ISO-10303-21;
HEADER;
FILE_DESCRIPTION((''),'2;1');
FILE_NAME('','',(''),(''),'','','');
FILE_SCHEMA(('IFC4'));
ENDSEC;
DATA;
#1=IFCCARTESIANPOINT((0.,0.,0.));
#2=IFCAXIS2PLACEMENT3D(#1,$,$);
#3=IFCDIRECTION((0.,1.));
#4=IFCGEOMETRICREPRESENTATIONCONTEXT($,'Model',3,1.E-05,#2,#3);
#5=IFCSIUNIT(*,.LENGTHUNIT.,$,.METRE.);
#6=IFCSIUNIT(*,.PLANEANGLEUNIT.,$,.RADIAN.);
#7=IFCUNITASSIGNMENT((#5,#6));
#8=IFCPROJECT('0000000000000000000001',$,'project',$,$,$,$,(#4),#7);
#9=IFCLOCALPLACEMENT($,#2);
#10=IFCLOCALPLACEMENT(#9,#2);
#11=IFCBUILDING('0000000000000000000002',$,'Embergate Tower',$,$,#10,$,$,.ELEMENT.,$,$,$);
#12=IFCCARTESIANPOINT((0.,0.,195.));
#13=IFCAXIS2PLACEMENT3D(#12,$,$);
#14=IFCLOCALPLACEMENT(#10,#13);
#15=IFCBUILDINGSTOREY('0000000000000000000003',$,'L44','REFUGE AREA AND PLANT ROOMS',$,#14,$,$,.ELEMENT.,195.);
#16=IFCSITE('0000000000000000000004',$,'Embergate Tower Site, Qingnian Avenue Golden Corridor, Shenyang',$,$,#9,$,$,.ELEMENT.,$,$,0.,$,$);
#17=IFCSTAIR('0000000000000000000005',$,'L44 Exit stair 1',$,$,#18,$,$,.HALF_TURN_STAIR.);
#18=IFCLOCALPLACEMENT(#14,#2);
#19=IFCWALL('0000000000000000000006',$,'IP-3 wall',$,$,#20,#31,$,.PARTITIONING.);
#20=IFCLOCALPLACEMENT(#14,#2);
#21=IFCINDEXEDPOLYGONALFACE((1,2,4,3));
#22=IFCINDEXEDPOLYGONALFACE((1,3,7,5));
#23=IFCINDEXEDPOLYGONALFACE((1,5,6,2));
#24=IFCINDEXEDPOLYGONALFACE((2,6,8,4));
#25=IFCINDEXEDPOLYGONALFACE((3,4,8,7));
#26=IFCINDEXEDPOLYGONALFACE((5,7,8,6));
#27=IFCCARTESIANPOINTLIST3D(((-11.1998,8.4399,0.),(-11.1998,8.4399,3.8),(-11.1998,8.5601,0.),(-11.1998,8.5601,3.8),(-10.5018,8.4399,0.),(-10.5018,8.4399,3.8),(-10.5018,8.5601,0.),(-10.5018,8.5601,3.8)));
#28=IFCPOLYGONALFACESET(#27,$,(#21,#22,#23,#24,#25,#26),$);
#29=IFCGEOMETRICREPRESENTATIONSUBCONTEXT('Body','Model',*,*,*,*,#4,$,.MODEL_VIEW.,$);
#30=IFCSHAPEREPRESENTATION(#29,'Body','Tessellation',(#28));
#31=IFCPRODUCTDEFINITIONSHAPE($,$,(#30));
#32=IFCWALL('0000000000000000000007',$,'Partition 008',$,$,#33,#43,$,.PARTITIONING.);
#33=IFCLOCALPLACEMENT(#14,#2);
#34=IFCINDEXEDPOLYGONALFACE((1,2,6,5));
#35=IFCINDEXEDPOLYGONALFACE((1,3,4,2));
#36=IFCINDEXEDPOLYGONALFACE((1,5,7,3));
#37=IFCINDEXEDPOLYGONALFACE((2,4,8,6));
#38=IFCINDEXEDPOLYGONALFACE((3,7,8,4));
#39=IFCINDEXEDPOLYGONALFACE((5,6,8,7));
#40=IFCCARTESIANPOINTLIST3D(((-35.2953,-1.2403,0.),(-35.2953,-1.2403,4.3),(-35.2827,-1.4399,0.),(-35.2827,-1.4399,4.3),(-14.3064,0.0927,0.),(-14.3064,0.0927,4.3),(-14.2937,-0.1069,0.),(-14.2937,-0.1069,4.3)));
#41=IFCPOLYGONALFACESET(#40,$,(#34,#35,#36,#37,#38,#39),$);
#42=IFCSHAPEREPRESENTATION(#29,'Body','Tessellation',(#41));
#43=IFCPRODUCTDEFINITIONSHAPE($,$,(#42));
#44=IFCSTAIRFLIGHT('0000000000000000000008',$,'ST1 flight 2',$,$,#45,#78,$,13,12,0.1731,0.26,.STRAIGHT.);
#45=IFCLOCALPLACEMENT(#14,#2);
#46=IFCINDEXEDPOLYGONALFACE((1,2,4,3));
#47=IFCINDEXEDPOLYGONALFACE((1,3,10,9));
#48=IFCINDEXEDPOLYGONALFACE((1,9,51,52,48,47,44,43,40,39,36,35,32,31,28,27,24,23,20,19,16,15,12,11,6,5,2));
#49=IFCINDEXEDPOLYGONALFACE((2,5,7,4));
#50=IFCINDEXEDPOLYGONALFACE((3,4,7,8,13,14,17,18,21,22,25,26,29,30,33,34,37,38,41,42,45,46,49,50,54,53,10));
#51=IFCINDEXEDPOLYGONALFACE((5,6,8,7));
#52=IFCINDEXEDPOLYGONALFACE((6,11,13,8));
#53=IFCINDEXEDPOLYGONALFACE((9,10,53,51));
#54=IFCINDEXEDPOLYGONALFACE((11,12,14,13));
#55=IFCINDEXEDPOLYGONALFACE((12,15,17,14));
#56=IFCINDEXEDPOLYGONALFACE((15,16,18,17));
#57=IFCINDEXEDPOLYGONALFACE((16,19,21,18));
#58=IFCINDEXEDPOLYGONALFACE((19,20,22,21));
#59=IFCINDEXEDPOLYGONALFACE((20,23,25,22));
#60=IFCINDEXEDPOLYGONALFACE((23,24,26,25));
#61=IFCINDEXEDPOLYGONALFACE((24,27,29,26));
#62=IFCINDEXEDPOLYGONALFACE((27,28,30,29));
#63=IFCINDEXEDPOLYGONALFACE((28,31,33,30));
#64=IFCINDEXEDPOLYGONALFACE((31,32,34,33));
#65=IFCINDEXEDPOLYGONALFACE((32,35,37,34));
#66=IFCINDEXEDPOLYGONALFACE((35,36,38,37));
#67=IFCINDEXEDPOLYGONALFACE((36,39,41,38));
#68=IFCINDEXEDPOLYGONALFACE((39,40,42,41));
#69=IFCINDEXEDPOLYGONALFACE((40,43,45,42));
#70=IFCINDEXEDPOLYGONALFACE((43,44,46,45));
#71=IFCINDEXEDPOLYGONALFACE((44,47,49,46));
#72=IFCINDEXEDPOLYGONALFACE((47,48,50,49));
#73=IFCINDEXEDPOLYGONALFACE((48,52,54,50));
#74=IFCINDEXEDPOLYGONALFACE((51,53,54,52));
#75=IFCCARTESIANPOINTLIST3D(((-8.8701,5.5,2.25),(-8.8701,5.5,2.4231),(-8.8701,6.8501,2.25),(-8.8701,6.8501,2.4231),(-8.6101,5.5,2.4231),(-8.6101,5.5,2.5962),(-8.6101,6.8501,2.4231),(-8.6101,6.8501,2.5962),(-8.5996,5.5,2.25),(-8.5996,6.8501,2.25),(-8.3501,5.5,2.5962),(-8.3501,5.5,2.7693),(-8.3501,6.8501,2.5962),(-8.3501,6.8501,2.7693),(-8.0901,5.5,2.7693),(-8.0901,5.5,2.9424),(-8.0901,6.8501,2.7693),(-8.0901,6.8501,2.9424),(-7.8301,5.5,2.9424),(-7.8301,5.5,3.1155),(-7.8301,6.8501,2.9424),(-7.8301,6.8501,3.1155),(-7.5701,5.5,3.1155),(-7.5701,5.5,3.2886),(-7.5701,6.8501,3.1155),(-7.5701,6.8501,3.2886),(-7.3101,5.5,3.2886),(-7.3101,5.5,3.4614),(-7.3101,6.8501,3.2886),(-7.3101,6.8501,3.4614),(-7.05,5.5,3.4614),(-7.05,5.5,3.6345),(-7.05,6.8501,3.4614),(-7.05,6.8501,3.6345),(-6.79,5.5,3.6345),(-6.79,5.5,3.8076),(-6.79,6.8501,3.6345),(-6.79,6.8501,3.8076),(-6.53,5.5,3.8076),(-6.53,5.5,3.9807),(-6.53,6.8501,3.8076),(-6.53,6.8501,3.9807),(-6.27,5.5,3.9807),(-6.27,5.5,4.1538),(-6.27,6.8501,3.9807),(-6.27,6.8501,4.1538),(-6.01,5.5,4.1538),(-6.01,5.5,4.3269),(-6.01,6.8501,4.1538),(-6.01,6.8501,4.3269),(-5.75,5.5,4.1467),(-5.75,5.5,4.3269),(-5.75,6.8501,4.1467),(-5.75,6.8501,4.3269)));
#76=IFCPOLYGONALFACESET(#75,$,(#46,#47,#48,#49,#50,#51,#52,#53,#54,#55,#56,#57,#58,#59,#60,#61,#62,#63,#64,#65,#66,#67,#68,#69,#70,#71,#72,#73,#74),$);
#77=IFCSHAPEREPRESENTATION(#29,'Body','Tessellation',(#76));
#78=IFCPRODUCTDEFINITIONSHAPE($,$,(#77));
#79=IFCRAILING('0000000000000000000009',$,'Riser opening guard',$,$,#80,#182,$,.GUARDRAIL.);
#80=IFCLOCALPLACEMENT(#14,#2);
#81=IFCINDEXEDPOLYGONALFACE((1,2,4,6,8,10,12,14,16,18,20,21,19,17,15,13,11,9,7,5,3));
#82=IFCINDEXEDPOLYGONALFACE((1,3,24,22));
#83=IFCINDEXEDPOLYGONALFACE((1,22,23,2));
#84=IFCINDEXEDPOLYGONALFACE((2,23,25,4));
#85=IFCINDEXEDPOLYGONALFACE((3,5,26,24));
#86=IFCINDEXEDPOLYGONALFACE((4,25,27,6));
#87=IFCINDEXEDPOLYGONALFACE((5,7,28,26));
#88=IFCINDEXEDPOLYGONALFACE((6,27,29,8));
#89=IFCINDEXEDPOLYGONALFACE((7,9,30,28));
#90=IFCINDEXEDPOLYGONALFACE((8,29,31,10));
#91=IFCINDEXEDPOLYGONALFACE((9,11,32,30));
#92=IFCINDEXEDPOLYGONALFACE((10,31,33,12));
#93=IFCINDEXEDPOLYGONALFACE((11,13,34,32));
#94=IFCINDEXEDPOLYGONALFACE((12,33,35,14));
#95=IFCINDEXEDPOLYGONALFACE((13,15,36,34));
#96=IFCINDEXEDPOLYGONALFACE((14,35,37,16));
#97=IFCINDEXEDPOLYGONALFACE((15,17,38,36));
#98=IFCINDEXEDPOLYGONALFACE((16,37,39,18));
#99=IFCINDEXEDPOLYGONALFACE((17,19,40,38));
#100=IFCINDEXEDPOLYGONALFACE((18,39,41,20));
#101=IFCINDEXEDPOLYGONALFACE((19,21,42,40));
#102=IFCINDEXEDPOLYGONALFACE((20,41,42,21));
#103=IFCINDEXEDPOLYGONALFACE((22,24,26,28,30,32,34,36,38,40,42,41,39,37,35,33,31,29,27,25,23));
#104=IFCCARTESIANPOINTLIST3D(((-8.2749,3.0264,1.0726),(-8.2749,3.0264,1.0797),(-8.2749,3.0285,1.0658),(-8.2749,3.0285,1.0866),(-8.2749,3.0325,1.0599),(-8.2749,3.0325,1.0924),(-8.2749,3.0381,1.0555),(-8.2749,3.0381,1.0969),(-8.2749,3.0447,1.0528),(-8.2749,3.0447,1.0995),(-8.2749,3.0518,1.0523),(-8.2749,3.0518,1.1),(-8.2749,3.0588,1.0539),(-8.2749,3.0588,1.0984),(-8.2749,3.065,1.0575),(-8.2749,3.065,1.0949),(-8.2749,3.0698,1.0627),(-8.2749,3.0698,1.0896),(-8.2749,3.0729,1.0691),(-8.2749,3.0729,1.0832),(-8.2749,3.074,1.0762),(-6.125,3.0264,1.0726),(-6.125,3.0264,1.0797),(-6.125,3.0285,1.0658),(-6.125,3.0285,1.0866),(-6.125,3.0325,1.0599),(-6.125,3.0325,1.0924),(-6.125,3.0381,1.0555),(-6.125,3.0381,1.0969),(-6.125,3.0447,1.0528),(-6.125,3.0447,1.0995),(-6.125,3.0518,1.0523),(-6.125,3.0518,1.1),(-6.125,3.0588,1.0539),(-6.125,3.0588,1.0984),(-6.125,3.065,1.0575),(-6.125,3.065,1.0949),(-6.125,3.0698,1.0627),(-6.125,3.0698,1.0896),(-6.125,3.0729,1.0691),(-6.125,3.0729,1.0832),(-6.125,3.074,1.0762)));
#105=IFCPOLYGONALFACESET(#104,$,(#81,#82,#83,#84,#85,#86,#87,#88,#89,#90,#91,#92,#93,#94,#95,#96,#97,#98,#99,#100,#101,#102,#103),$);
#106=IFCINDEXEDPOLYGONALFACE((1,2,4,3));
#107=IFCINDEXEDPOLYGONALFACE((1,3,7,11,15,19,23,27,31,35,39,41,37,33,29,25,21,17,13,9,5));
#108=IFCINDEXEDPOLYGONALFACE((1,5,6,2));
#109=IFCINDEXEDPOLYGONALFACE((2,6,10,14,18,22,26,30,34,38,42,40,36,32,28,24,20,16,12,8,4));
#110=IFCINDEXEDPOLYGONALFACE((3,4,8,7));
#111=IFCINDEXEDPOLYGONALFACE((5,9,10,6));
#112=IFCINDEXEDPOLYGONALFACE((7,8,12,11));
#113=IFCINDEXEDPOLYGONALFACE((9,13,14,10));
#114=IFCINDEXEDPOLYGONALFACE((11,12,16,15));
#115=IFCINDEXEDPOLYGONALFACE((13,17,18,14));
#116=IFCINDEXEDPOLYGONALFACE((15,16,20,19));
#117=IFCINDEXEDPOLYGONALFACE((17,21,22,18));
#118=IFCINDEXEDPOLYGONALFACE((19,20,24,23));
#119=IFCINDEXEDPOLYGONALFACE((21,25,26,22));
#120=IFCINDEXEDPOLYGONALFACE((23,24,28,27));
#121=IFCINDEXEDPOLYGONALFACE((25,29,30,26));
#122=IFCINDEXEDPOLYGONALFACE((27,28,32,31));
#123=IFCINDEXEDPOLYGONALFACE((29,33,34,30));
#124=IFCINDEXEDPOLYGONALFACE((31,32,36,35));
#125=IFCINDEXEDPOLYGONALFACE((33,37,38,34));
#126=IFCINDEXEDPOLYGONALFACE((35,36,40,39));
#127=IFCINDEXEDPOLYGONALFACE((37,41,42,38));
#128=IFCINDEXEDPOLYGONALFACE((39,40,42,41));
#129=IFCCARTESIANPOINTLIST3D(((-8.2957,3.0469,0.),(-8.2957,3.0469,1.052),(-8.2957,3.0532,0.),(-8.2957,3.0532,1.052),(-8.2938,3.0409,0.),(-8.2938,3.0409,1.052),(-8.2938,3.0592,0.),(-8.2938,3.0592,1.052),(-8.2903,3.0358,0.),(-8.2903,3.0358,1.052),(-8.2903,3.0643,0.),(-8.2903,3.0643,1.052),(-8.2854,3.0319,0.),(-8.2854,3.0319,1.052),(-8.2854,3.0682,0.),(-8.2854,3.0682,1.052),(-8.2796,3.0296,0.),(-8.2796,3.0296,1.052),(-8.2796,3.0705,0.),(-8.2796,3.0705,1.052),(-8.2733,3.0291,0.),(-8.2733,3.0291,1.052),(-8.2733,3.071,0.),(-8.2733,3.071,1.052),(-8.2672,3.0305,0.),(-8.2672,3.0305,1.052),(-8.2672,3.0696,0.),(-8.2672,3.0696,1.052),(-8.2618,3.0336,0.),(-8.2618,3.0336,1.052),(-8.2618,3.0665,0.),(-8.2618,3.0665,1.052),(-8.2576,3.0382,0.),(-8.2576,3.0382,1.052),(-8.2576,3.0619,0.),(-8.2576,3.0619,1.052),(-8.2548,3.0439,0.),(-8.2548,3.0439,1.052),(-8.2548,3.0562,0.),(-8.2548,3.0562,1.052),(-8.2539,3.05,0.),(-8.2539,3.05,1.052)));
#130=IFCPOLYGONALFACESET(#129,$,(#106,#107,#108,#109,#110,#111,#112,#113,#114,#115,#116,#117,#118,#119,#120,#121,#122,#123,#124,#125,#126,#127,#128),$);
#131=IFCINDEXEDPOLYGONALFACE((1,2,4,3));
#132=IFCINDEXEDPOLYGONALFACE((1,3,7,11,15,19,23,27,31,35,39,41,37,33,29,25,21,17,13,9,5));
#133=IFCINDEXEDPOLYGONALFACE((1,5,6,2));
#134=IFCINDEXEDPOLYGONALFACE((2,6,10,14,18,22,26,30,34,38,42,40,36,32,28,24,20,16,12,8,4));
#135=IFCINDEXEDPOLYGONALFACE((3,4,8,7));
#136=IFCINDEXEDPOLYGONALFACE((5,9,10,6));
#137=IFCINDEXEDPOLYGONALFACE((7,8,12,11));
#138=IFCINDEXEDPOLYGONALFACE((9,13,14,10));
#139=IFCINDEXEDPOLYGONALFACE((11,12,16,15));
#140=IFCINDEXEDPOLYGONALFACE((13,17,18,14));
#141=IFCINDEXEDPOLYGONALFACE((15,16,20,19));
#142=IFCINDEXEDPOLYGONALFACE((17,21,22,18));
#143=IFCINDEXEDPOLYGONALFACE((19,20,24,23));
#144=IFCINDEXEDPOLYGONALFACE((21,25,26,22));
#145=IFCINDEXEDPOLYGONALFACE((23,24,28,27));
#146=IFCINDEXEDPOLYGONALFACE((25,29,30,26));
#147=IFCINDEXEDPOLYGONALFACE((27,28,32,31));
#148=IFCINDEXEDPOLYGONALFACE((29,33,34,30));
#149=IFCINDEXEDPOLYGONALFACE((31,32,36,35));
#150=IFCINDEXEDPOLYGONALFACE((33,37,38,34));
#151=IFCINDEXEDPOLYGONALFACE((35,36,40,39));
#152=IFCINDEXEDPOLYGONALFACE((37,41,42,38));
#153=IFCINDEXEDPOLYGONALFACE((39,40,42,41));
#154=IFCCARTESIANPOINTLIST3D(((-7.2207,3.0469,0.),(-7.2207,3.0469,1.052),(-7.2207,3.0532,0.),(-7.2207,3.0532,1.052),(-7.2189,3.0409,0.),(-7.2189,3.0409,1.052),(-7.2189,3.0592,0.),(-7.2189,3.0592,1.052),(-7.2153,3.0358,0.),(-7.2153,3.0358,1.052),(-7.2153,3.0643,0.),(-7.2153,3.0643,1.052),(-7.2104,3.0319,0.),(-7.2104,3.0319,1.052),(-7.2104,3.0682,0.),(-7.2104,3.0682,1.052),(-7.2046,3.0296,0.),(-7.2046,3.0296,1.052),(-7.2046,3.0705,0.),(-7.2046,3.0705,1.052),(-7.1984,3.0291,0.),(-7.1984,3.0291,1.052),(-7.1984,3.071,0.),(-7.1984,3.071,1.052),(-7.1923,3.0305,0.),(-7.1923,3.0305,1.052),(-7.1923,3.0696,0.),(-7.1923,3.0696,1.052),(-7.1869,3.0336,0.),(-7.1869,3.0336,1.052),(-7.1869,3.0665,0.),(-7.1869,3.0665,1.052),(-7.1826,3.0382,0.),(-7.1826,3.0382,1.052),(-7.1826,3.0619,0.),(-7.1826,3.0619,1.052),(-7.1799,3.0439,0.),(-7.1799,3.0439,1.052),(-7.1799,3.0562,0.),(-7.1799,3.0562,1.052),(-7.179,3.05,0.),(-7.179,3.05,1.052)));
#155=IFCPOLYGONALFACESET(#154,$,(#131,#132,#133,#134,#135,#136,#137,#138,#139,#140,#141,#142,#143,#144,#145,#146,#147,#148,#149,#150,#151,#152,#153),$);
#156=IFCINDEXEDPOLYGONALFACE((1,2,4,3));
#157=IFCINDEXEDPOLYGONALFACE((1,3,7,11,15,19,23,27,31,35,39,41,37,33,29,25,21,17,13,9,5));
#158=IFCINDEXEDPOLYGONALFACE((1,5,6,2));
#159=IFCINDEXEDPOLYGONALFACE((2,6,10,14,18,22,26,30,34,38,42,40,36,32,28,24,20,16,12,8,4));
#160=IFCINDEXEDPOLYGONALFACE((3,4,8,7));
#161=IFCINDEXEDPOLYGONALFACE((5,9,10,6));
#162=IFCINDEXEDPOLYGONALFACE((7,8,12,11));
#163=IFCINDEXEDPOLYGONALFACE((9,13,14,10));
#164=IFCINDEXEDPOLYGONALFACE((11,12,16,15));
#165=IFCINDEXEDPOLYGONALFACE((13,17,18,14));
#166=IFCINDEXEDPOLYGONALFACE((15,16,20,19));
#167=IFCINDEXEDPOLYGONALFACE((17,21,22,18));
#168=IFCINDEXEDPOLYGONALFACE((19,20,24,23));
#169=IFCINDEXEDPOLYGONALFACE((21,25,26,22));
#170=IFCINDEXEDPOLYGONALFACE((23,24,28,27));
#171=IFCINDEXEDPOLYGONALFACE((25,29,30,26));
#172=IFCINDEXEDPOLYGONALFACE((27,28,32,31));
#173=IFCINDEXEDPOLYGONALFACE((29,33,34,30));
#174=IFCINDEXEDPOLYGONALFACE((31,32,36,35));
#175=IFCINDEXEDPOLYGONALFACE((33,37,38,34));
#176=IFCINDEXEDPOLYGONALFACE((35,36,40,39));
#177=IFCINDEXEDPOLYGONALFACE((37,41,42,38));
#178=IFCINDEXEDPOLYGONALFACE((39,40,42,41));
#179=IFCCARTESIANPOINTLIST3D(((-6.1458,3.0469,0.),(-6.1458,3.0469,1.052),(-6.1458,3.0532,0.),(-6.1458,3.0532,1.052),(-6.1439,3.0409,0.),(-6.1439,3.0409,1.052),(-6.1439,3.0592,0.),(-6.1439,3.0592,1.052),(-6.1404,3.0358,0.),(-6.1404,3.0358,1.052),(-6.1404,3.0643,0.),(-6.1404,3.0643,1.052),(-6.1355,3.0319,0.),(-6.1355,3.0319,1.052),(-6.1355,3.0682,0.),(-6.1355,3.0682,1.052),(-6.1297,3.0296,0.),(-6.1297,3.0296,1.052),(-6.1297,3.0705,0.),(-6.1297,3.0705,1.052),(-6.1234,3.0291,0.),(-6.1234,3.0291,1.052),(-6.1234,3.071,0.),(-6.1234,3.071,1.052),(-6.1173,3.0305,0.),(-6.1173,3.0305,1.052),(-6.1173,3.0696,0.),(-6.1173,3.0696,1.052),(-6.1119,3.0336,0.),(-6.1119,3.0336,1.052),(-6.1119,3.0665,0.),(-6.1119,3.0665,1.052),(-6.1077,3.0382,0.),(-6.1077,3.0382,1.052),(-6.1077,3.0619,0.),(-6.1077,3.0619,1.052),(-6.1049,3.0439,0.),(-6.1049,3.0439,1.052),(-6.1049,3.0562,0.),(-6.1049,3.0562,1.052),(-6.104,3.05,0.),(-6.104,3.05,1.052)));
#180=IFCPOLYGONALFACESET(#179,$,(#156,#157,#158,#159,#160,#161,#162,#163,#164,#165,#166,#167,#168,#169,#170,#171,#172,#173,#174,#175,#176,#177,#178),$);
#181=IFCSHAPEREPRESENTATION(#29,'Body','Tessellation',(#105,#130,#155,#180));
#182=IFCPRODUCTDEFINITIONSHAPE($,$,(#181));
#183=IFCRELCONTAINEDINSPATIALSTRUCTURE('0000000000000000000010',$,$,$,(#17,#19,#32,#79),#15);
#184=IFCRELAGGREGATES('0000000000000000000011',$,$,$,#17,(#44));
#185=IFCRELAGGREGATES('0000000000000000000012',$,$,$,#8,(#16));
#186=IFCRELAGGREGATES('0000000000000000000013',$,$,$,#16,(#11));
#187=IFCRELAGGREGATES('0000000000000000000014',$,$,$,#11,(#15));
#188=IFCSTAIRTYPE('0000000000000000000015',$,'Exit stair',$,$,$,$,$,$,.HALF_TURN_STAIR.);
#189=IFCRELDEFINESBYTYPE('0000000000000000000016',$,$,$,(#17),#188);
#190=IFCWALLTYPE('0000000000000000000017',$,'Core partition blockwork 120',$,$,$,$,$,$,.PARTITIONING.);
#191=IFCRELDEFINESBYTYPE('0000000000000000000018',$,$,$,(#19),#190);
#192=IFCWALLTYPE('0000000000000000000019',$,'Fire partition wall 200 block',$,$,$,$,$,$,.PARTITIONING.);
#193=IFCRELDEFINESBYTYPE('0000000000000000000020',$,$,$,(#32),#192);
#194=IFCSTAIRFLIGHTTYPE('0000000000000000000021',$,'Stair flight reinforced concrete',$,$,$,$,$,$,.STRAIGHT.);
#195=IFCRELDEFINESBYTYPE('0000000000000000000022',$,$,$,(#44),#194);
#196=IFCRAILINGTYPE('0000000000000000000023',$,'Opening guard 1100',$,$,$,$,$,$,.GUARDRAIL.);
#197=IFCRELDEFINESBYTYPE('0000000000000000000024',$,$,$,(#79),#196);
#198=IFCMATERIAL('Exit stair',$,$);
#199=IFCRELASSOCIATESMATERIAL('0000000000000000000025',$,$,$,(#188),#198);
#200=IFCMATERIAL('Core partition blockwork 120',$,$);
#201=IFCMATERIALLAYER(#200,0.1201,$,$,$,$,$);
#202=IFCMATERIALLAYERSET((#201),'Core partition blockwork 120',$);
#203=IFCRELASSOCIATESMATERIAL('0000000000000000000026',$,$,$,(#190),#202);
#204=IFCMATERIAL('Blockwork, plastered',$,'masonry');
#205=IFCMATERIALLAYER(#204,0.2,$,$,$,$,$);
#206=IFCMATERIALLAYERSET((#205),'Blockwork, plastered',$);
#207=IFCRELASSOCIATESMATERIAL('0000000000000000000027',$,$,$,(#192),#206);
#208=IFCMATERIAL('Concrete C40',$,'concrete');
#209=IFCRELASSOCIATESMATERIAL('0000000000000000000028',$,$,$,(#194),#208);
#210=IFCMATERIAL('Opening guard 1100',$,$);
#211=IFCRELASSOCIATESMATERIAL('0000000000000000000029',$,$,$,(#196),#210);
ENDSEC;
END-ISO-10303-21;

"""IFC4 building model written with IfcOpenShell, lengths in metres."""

from ifc_helpers import new_model, si_unit, direction, frame, frame_2d, origin, origin_2d, place, context, subcontext, project, spatial, polyline, rectangle, circle, outline, extrude, source, transform, mapped, material, layer, layer_set, type_object, element, aggregate, save


model = new_model("IFC4")

# Units and contexts
model_context = context("Model", 3, precision=1e-05, world=origin(), true_north=direction((0.0, 1.0)))
body_context = subcontext(model_context, "Body", "Model", "MODEL_VIEW")
ifc_project = project(units=[si_unit("LENGTHUNIT", "METRE"), si_unit("PLANEANGLEUNIT", "RADIAN")], contexts=[model_context])

# Site, building, storey
site_placement = place(None, origin())
site = spatial("IfcSite", under=ifc_project, at=site_placement, Name="Embergate Tower Site, Qingnian Avenue Golden Corridor, Shenyang", CompositionType="ELEMENT", RefElevation=0.0)
building_placement = place(site_placement, origin())
building = spatial("IfcBuilding", under=site, at=building_placement, Name="Embergate Tower", CompositionType="ELEMENT")
storey_placement = place(building_placement, frame((0.0, 0.0, 195.0)))
storey = spatial("IfcBuildingStorey", under=building, at=storey_placement, Name="L44", Description="REFUGE AREA AND PLANT ROOMS", CompositionType="ELEMENT", Elevation=195.0)

# Stair
ifc_material_1 = material(Name="Exit stair")
stair_type = type_object("IfcStairType", Name="Exit stair", PredefinedType="HALF_TURN_STAIR", material=ifc_material_1)
stair_placement = place(storey_placement, origin())
stair = element("IfcStair", 1, at=stair_placement, inside=storey, type_object=stair_type, Name="L44 Exit stair 1", PredefinedType="HALF_TURN_STAIR")
ifc_material_2 = material(Name="Concrete C40", Category="concrete")

# Shared definitions
ifc_material_3 = material(Name="Core partition blockwork 120")
ifc_layer_1 = layer(ifc_material_3, 0.1201)
ifc_layer_set_1 = layer_set([ifc_layer_1], Name="Core partition blockwork 120")
wall_type_1 = type_object("IfcWallType", Name="Core partition blockwork 120", PredefinedType="PARTITIONING", material=ifc_layer_set_1)

# Walls
shared_shape_1 = source(origin(), body_context, "Body", "SweptSolid", [
    extrude(rectangle(XDim=0.698, YDim=0.1201, at=frame_2d((0.3491, 0.0))), origin(), (0.0, 0.0, 1.0), 3.8),
])
wall_1_placement = place(storey_placement, frame((-11.2, 8.5, 0.0), z_axis=(0.0, 0.0, 1.0), x_axis=(1.0, 0.0, 0.0)))
element("IfcWall", 2, at=wall_1_placement, inside=storey, type_object=wall_type_1, Name="IP-3 wall", PredefinedType="PARTITIONING", context=body_context, shape_type="MappedRepresentation", body=[
    mapped(shared_shape_1, transform((0.0, 0.0, 0.0))),
])
ifc_material_4 = material(Name="Blockwork, plastered", Category="masonry")
ifc_layer_2 = layer(ifc_material_4, 0.2)
ifc_layer_set_2 = layer_set([ifc_layer_2], Name="Blockwork, plastered")
wall_type_2 = type_object("IfcWallType", Name="Fire partition wall 200 block", PredefinedType="PARTITIONING", material=ifc_layer_set_2)
shared_shape_2 = source(origin(), body_context, "Body", "SweptSolid", [
    extrude(rectangle(XDim=21.0312, YDim=0.2, at=frame_2d((10.5156, 0.0))), origin(), (0.0, 0.0, 1.0), 4.3),
])
wall_2_placement = place(storey_placement, frame((-14.3, -0.0071, 0.0), z_axis=(0.0, 0.0, 1.0), x_axis=(-0.997989, -0.063382, 0.0)))
element("IfcWall", 3, at=wall_2_placement, inside=storey, type_object=wall_type_2, Name="Partition 008", PredefinedType="PARTITIONING", context=body_context, shape_type="MappedRepresentation", body=[
    mapped(shared_shape_2, transform((0.0, 0.0, 0.0))),
])

# Stair flight
stair_flight_type = type_object("IfcStairFlightType", Name="Stair flight reinforced concrete", PredefinedType="STRAIGHT", material=ifc_material_2)
shared_shape_3 = source(origin(), body_context, "Body", "SweptSolid", [
    extrude(outline(polyline([(0.0, 0.0), (0.0, 0.1731), (0.26, 0.1731), (0.26, 0.3462), (0.52, 0.3462), (0.52, 0.5193), (0.78, 0.5193), (0.78, 0.6924), (1.04, 0.6924), (1.04, 0.8655), (1.3, 0.8655), (1.3, 1.0386), (1.5601, 1.0386), (1.5601, 1.2114), (1.8201, 1.2114), (1.8201, 1.3845), (2.0801, 1.3845), (2.0801, 1.5576), (2.3401, 1.5576), (2.3401, 1.7307), (2.6001, 1.7307), (2.6001, 1.9038), (2.8601, 1.9038), (2.8601, 2.0769), (3.1201, 2.0769), (3.1201, 2.25), (3.1201, 1.8967), (0.2705, 0.0), (0.0, 0.0)])), frame((0.0, 0.675, 0.0), z_axis=(0.0, -1.0, 0.0), x_axis=(1.0, 0.0, 0.0)), (0.0, 0.0, 1.0), 1.3501),
])
stair_flight_placement = place(storey_placement, frame((-8.8701, 6.175, 2.25), z_axis=(0.0, 0.0, 1.0), x_axis=(1.0, 0.0, 0.0)))
stair_flight = element("IfcStairFlight", 4, at=stair_flight_placement, type_object=stair_flight_type, Name="ST1 flight 2", NumberOfRisers=13, NumberOfTreads=12, PredefinedType="STRAIGHT", RiserHeight=0.1731, TreadLength=0.26, context=body_context, shape_type="MappedRepresentation", body=[
    mapped(shared_shape_3, transform((0.0, 0.0, 0.0))),
])
aggregate(stair, [stair_flight])

# Railing
ifc_material_5 = material(Name="Opening guard 1100")
railing_type = type_object("IfcRailingType", Name="Opening guard 1100", PredefinedType="GUARDRAIL", material=ifc_material_5)
shared_shape_4 = source(origin(), body_context, "Body", "SweptSolid", [
    extrude(circle(Radius=0.0239, at=origin_2d()), frame((0.0, 0.0, 1.0762), z_axis=(1.0, 0.0, 0.0), x_axis=(0.0, 1.0, 0.0)), (0.0, 0.0, 1.0), 2.1499),
    extrude(circle(Radius=0.021, at=origin_2d()), origin(), (0.0, 0.0, 1.0), 1.052),
    extrude(circle(Radius=0.021, at=origin_2d()), frame((1.075, 0.0, 0.0)), (0.0, 0.0, 1.0), 1.052),
    extrude(circle(Radius=0.021, at=origin_2d()), frame((2.1499, 0.0, 0.0)), (0.0, 0.0, 1.0), 1.052),
])
railing_placement = place(storey_placement, frame((-8.2749, 3.05, 0.0)))
element("IfcRailing", 5, at=railing_placement, inside=storey, type_object=railing_type, Name="Riser opening guard", PredefinedType="GUARDRAIL", context=body_context, shape_type="MappedRepresentation", body=[
    mapped(shared_shape_4, transform((0.0, 0.0, 0.0))),
])

save(model, "model.ifc")
